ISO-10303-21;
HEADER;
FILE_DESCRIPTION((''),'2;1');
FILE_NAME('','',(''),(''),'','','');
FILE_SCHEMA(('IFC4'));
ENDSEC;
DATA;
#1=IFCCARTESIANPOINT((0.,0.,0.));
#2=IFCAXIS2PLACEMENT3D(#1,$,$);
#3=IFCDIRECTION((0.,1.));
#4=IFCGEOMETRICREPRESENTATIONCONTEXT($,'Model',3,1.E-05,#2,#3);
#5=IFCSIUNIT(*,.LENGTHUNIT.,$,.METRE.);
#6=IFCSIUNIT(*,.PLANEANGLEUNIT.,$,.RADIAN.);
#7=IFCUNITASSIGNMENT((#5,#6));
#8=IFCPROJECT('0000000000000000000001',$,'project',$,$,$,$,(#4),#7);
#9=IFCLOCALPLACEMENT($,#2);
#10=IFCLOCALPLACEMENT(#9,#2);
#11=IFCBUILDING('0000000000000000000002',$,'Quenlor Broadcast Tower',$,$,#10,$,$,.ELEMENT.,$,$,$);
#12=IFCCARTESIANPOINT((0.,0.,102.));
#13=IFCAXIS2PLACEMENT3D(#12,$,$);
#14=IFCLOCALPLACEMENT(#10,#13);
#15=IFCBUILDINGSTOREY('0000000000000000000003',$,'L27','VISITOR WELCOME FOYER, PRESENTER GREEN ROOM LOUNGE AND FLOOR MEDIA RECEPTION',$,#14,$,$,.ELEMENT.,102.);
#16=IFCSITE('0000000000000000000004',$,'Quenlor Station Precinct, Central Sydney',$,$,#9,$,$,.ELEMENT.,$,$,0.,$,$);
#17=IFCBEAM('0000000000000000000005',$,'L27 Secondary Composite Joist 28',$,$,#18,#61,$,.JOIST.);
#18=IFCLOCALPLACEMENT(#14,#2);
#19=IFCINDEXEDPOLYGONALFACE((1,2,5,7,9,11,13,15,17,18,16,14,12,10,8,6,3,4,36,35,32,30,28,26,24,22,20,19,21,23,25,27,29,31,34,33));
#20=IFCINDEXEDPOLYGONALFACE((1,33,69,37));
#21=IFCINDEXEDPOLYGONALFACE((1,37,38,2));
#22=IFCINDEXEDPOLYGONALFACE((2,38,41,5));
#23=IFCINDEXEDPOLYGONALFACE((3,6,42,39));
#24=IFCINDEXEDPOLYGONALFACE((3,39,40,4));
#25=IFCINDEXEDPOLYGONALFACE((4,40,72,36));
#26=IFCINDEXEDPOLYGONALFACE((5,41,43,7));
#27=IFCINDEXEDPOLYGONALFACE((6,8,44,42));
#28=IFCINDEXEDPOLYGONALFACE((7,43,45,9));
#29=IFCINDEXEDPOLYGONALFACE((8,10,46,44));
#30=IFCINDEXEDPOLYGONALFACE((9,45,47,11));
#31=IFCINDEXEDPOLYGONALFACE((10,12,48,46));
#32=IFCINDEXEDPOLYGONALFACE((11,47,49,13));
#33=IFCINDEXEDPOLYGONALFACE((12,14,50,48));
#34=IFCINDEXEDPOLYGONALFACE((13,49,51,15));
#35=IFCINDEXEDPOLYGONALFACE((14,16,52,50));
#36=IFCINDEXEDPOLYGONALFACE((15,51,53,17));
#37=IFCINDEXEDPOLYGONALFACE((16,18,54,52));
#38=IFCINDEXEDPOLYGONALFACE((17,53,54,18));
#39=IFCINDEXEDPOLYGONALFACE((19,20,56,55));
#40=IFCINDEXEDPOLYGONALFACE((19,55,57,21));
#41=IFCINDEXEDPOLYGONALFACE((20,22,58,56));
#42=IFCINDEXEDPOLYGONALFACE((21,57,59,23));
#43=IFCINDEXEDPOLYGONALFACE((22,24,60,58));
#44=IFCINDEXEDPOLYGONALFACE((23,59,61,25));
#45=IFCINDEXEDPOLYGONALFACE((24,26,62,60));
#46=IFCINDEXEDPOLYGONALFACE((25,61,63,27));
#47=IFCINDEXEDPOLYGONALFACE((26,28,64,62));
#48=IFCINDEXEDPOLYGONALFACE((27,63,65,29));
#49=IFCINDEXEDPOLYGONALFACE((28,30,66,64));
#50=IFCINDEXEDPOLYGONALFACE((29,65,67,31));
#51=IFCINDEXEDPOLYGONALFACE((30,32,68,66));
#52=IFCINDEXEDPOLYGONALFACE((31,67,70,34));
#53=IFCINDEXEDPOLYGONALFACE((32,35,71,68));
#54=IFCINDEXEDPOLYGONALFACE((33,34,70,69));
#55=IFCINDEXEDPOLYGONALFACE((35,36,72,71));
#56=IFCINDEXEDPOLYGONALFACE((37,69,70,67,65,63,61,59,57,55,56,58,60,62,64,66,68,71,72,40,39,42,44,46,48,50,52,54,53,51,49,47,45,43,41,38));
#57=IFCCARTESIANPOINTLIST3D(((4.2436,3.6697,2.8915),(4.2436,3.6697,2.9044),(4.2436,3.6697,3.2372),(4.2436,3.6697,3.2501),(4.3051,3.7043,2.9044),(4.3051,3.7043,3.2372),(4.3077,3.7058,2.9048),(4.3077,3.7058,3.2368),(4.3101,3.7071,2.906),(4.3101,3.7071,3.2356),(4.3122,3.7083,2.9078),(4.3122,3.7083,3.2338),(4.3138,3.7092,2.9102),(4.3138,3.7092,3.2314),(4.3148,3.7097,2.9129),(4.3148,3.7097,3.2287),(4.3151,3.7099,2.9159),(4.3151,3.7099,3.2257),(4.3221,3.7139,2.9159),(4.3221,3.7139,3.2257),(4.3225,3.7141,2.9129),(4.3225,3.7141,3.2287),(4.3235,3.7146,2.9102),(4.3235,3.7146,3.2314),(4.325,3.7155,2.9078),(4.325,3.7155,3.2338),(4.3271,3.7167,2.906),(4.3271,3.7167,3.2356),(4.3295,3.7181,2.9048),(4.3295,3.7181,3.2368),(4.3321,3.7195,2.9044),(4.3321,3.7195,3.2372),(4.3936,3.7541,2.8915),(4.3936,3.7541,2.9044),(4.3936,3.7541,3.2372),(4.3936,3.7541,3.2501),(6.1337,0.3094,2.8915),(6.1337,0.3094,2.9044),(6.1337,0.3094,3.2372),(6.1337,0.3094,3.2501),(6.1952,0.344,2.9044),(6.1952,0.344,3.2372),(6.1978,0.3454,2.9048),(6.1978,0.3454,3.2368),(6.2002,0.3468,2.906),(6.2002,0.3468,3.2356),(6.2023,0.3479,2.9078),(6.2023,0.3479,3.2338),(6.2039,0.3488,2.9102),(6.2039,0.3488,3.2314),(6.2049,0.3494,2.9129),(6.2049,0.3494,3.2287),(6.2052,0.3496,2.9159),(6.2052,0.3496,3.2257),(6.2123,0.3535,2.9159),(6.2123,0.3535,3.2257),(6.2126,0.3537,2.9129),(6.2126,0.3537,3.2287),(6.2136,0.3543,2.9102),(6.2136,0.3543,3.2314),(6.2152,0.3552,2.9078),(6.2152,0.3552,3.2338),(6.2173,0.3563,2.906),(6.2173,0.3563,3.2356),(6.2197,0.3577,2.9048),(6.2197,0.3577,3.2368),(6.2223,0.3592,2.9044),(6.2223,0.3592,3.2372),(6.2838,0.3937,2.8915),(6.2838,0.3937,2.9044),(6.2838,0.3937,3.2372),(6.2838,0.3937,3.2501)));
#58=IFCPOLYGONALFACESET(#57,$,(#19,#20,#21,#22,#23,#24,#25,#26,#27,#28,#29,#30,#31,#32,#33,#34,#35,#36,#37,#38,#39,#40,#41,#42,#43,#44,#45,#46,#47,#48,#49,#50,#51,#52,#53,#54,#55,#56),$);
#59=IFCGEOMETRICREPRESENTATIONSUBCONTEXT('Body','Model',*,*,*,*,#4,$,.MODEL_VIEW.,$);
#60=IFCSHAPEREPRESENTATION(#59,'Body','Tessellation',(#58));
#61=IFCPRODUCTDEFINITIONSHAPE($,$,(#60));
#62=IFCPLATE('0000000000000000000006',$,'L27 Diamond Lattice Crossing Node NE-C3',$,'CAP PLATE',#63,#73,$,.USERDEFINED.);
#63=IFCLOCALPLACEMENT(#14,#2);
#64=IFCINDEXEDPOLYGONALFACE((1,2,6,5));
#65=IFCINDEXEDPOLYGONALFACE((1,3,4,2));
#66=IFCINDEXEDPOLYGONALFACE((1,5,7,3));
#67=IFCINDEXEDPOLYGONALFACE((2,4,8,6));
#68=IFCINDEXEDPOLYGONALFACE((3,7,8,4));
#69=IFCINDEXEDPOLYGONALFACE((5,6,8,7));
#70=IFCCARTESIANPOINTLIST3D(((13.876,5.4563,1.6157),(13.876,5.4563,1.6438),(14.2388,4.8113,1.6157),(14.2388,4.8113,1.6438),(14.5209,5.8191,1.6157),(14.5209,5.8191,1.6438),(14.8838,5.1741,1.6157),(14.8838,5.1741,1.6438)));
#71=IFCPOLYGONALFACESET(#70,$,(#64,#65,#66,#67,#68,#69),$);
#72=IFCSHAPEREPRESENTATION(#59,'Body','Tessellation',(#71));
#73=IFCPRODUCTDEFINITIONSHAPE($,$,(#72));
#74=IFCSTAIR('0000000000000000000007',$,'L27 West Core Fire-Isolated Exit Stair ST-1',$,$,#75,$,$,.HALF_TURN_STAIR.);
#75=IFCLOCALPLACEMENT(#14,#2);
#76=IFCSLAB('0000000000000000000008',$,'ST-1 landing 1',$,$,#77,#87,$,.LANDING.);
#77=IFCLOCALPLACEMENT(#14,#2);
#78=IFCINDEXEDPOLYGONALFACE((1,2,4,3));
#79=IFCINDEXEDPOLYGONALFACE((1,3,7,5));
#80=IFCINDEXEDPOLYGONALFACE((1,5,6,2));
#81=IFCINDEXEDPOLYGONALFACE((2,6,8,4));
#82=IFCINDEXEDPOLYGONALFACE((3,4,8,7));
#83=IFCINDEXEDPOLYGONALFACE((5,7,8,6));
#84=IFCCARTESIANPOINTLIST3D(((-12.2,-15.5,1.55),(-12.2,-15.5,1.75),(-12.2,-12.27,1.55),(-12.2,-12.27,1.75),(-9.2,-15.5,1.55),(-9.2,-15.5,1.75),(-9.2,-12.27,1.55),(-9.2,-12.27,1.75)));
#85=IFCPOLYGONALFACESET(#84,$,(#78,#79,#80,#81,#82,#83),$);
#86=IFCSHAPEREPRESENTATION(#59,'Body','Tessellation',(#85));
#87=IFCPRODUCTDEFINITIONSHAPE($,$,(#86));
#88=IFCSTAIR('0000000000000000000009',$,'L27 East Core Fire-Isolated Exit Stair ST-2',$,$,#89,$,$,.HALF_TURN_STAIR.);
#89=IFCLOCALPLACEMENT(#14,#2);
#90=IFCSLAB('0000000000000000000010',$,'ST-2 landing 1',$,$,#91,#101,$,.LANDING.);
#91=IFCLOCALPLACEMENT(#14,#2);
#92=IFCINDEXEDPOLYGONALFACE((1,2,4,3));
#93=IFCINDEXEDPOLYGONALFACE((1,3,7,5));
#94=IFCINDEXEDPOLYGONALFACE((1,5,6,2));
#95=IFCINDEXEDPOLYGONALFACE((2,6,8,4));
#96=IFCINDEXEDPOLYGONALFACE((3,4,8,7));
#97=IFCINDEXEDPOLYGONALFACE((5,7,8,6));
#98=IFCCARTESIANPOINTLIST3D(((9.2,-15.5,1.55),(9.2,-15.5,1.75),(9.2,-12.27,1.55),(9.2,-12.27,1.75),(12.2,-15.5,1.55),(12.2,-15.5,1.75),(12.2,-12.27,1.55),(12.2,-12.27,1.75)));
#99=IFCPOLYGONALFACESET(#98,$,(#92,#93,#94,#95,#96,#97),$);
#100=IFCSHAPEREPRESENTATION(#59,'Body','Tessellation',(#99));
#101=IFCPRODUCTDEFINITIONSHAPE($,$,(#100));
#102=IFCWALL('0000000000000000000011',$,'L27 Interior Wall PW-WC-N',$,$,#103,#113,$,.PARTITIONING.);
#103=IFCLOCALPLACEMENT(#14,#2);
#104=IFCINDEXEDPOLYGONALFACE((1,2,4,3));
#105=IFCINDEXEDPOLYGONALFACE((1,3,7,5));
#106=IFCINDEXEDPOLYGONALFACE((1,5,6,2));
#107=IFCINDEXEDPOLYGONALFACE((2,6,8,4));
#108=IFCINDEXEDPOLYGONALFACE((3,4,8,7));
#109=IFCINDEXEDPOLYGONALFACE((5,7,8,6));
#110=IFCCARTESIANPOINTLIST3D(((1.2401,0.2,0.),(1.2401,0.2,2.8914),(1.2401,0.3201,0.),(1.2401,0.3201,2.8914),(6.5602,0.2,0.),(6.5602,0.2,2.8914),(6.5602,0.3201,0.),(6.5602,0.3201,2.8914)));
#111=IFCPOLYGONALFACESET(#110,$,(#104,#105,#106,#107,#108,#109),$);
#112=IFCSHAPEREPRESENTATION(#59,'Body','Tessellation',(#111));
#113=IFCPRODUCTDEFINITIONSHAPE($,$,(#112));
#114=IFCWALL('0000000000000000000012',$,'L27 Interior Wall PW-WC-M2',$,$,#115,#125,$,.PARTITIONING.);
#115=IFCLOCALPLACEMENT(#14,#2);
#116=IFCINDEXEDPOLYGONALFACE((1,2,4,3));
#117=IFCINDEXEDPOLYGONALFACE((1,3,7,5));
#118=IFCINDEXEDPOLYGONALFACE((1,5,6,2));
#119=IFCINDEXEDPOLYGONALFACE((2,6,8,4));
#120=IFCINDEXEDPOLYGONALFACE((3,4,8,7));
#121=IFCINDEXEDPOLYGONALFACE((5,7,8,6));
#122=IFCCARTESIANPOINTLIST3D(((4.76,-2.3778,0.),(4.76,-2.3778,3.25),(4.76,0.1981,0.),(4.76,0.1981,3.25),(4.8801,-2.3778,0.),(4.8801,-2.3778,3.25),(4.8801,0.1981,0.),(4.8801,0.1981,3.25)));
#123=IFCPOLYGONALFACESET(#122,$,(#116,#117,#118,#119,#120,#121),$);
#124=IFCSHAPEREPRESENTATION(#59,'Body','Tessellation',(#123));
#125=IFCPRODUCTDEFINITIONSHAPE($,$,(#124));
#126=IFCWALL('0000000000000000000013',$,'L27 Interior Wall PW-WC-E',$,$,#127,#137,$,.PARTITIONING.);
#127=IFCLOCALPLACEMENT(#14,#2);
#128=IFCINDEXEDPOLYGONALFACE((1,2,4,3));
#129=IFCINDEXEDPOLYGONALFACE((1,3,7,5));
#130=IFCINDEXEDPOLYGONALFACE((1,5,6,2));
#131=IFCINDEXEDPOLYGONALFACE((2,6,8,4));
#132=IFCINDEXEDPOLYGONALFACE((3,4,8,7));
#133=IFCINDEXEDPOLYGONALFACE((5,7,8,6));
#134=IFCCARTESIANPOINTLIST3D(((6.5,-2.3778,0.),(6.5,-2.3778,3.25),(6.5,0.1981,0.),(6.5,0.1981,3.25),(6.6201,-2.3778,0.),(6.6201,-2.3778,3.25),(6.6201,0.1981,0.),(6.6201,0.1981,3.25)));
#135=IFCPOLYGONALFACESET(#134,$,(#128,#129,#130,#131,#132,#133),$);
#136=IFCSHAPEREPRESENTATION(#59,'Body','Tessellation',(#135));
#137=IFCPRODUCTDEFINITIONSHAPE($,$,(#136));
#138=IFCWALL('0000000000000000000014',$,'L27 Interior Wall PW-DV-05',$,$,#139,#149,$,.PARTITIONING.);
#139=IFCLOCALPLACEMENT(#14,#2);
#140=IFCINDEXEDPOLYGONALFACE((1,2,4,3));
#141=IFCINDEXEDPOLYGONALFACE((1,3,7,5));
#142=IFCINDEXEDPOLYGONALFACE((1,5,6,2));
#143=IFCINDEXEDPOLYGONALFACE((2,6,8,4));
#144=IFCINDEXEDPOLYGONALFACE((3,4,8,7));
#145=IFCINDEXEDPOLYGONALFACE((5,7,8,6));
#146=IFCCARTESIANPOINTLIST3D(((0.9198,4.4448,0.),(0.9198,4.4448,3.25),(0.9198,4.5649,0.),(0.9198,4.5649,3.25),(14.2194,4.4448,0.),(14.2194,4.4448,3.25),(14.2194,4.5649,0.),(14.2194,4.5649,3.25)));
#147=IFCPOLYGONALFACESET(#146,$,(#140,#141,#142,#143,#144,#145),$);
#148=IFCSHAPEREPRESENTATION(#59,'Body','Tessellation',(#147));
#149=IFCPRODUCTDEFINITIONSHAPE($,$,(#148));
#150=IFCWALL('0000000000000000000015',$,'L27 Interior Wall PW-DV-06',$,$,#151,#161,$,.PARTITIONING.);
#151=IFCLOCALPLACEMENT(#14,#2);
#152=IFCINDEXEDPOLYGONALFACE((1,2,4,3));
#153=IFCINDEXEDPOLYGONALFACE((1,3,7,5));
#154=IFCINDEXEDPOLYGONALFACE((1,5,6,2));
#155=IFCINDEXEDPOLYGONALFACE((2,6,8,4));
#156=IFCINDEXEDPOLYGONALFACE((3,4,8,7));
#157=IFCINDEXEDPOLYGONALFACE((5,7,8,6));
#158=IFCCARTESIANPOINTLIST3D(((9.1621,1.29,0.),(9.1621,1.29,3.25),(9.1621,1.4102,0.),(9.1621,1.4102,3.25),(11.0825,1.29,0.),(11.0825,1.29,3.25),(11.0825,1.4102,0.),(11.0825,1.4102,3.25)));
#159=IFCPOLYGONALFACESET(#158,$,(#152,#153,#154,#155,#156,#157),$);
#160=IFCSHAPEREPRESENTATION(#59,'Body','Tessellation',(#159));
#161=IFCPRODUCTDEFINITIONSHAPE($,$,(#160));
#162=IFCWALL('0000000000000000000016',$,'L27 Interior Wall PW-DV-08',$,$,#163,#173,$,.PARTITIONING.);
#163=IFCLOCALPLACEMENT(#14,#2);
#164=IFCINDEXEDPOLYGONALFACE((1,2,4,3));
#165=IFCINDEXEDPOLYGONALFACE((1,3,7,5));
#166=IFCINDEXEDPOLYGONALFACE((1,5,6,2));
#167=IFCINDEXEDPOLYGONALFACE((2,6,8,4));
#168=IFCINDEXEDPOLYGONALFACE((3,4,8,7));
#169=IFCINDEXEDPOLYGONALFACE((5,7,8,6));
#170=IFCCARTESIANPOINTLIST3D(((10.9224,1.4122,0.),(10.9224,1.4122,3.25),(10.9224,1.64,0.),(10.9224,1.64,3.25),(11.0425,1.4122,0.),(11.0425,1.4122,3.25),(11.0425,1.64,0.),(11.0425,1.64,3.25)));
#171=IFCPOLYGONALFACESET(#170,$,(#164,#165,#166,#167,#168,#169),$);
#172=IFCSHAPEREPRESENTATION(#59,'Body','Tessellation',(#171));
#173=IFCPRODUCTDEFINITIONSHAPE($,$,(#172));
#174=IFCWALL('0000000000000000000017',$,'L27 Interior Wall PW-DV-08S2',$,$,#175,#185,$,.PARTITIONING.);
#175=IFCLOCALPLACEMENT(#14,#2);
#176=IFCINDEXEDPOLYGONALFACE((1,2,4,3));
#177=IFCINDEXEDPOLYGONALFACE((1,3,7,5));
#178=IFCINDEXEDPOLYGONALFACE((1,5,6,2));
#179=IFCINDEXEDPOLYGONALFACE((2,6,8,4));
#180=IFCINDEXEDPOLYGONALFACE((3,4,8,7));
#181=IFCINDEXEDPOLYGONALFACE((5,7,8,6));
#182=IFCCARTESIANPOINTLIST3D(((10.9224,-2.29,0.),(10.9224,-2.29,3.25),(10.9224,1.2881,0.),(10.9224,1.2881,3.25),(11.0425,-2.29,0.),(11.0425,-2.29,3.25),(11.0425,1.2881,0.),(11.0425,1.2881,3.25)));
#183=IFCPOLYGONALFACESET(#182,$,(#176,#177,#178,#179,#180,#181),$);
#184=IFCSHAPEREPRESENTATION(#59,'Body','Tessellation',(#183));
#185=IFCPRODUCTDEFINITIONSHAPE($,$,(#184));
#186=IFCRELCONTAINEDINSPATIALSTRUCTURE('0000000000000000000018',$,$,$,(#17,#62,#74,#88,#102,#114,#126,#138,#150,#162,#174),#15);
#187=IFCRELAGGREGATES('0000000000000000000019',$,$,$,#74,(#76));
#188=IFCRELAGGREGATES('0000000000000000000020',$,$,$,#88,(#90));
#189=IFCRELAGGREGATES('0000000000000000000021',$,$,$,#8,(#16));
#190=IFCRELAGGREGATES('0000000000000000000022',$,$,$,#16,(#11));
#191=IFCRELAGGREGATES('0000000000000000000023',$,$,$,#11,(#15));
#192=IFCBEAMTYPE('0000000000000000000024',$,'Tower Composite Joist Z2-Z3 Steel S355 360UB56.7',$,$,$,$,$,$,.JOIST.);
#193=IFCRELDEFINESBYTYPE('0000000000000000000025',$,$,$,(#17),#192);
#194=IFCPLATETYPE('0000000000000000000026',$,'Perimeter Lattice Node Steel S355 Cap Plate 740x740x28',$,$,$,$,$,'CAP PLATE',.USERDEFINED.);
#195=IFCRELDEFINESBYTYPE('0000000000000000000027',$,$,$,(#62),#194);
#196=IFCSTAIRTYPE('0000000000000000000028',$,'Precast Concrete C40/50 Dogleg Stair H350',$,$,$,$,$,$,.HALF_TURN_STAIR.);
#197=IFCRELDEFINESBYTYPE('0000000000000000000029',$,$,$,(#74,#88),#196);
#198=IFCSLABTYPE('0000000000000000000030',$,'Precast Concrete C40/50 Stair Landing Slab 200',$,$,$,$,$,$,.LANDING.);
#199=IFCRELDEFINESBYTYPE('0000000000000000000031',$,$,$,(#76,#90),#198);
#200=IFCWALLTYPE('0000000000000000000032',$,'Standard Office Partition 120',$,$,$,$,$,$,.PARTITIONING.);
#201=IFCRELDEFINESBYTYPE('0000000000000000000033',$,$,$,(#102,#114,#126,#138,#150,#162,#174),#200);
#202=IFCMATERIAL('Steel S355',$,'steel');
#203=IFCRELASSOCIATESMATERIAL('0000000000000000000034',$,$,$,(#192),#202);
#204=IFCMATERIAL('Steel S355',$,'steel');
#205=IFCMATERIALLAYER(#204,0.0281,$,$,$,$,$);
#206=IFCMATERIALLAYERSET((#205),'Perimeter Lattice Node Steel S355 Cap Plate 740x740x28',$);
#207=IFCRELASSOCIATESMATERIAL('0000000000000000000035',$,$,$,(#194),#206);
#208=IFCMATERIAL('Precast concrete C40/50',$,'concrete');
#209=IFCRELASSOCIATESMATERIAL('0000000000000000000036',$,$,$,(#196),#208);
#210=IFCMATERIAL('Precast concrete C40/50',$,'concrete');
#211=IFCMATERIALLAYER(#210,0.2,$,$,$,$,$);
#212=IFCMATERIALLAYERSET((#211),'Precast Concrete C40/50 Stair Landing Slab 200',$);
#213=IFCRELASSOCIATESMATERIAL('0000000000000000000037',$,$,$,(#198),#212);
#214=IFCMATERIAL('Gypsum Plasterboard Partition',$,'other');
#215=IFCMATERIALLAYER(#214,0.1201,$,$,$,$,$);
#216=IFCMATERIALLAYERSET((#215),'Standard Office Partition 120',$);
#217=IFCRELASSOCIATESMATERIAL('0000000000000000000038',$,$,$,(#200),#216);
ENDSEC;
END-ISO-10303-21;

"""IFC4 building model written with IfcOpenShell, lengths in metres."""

from ifc_helpers import new_model, si_unit, direction, frame, frame_2d, origin, origin_2d, place, context, subcontext, project, spatial, polyline, rectangle, i_section, outline, extrude, material, layer, layer_set, material_profile, profile_set, type_object, element, aggregate, save


model = new_model("IFC4")

# Units and contexts
model_context = context("Model", 3, precision=1e-05, world=origin(), true_north=direction((0.0, 1.0)))
body_context = subcontext(model_context, "Body", "Model", "MODEL_VIEW")
ifc_project = project(units=[si_unit("LENGTHUNIT", "METRE"), si_unit("PLANEANGLEUNIT", "RADIAN")], contexts=[model_context])

# Site, building, storey
site_placement = place(None, origin())
site = spatial("IfcSite", under=ifc_project, at=site_placement, Name="Quenlor Station Precinct, Central Sydney", CompositionType="ELEMENT", RefElevation=0.0)
building_placement = place(site_placement, origin())
building = spatial("IfcBuilding", under=site, at=building_placement, Name="Quenlor Broadcast Tower", CompositionType="ELEMENT")
storey_placement = place(building_placement, frame((0.0, 0.0, 102.0)))
storey = spatial("IfcBuildingStorey", under=building, at=storey_placement, Name="L27", Description="VISITOR WELCOME FOYER, PRESENTER GREEN ROOM LOUNGE AND FLOOR MEDIA RECEPTION", CompositionType="ELEMENT", Elevation=102.0)

# Beam
ifc_material_1 = material(Name="Steel S355", Category="steel")
ifc_material_profile = material_profile(ifc_material_1, i_section(OverallWidth=0.1721, OverallDepth=0.3586, WebThickness=0.0081, FlangeThickness=0.0129, FilletRadius=0.0115, at=origin_2d()))
ifc_profile_set = profile_set([ifc_material_profile], Name="Steel S355 360UB56.7")
beam_type = type_object("IfcBeamType", Name="Tower Composite Joist Z2-Z3 Steel S355 360UB56.7", PredefinedType="JOIST", material=ifc_profile_set)
beam_placement = place(storey_placement, frame((4.3186, 3.7119, 3.0708), z_axis=(0.490249, -0.871582, 0.0), x_axis=(0.871582, 0.490249, 0.0)))
element("IfcBeam", 1, at=beam_placement, inside=storey, type_object=beam_type, Name="L27 Secondary Composite Joist 28", PredefinedType="JOIST", context=body_context, shape_type="SweptSolid", body=[
    extrude(i_section(OverallWidth=0.1721, OverallDepth=0.3586, WebThickness=0.0081, FlangeThickness=0.0129, FilletRadius=0.0115, at=origin_2d()), origin(), (0.0, 0.0, 1.0), 3.8555),
])

# Plate
ifc_material_2 = material(Name="Steel S355", Category="steel")
ifc_layer_1 = layer(ifc_material_2, 0.0281)
ifc_layer_set_1 = layer_set([ifc_layer_1], Name="Perimeter Lattice Node Steel S355 Cap Plate 740x740x28")
plate_type = type_object("IfcPlateType", Name="Perimeter Lattice Node Steel S355 Cap Plate 740x740x28", ElementType="CAP PLATE", PredefinedType="USERDEFINED", material=ifc_layer_set_1)
plate_placement = place(storey_placement, frame((14.3799, 5.3152, 1.6157), z_axis=(0.0, 0.0, 1.0), x_axis=(0.490295, -0.871556, 0.0)))
element("IfcPlate", 2, at=plate_placement, inside=storey, type_object=plate_type, Name="L27 Diamond Lattice Crossing Node NE-C3", ObjectType="CAP PLATE", PredefinedType="USERDEFINED", context=body_context, shape_type="SweptSolid", body=[
    extrude(rectangle(XDim=0.74, YDim=0.74, at=origin_2d()), origin(), (0.0, 0.0, 1.0), 0.0281),
])

# Stairs, slabs
ifc_material_3 = material(Name="Precast concrete C40/50", Category="concrete")
stair_type = type_object("IfcStairType", Name="Precast Concrete C40/50 Dogleg Stair H350", PredefinedType="HALF_TURN_STAIR", material=ifc_material_3)
stair_1_placement = place(storey_placement, origin())
stair_1 = element("IfcStair", 3, at=stair_1_placement, inside=storey, type_object=stair_type, Name="L27 West Core Fire-Isolated Exit Stair ST-1", PredefinedType="HALF_TURN_STAIR")
ifc_material_4 = material(Name="Precast concrete C40/50", Category="concrete")
ifc_layer_2 = layer(ifc_material_4, 0.2)
ifc_layer_set_2 = layer_set([ifc_layer_2], Name="Precast Concrete C40/50 Stair Landing Slab 200")
slab_type = type_object("IfcSlabType", Name="Precast Concrete C40/50 Stair Landing Slab 200", PredefinedType="LANDING", material=ifc_layer_set_2)
slab_1_placement = place(storey_placement, frame((0.0, 0.0, 1.55)))
slab_1 = element("IfcSlab", 4, at=slab_1_placement, type_object=slab_type, Name="ST-1 landing 1", PredefinedType="LANDING", context=body_context, shape_type="SweptSolid", body=[
    extrude(outline(polyline([(-12.2, -12.27), (-12.2, -15.5), (-9.2, -15.5), (-9.2, -12.27), (-12.2, -12.27)])), origin(), (0.0, 0.0, 1.0), 0.2),
])
aggregate(stair_1, [slab_1])
stair_2_placement = place(storey_placement, origin())
stair_2 = element("IfcStair", 5, at=stair_2_placement, inside=storey, type_object=stair_type, Name="L27 East Core Fire-Isolated Exit Stair ST-2", PredefinedType="HALF_TURN_STAIR")
slab_2_placement = place(storey_placement, frame((0.0, 0.0, 1.55)))
slab_2 = element("IfcSlab", 6, at=slab_2_placement, type_object=slab_type, Name="ST-2 landing 1", PredefinedType="LANDING", context=body_context, shape_type="SweptSolid", body=[
    extrude(outline(polyline([(9.2, -12.27), (9.2, -15.5), (12.2, -15.5), (12.2, -12.27), (9.2, -12.27)])), origin(), (0.0, 0.0, 1.0), 0.2),
])
aggregate(stair_2, [slab_2])

# Walls
ifc_material_5 = material(Name="Gypsum Plasterboard Partition", Category="other")
ifc_layer_3 = layer(ifc_material_5, 0.1201)
ifc_layer_set_3 = layer_set([ifc_layer_3], Name="Standard Office Partition 120")
wall_type = type_object("IfcWallType", Name="Standard Office Partition 120", PredefinedType="PARTITIONING", material=ifc_layer_set_3)
wall_1_placement = place(storey_placement, frame((1.24, 0.26, 0.0), z_axis=(0.0, 0.0, 1.0), x_axis=(1.0, 0.0, 0.0)))
element("IfcWall", 7, at=wall_1_placement, inside=storey, type_object=wall_type, Name="L27 Interior Wall PW-WC-N", PredefinedType="PARTITIONING", context=body_context, shape_type="SweptSolid", body=[
    extrude(rectangle(XDim=5.3201, YDim=0.1201, at=frame_2d((2.6602, 0.0))), origin(), (0.0, 0.0, 1.0), 2.8914),
])
for number, where, z_axis, x_axis, name in (
    (8, (4.8201, -2.3779, 0.0), (0.0, 0.0, 1.0), (0.0, 1.0, 0.0), "L27 Interior Wall PW-WC-M2"),
    (9, (6.5601, -2.3779, 0.0), (0.0, 0.0, 1.0), (0.0, 1.0, 0.0), "L27 Interior Wall PW-WC-E"),
):
    element("IfcWall", number, at=place(storey_placement, frame(where, z_axis=z_axis, x_axis=x_axis)), inside=storey, type_object=wall_type, Name=name, PredefinedType="PARTITIONING", context=body_context, shape_type="SweptSolid", body=[
        extrude(rectangle(XDim=2.5759, YDim=0.1201, at=frame_2d((1.2881, 0.0))), origin(), (0.0, 0.0, 1.0), 3.25),
    ])
wall_2_placement = place(storey_placement, frame((14.2195, 4.5049, 0.0), z_axis=(0.0, 0.0, 1.0), x_axis=(-1.0, 0.0, 0.0)))
element("IfcWall", 10, at=wall_2_placement, inside=storey, type_object=wall_type, Name="L27 Interior Wall PW-DV-05", PredefinedType="PARTITIONING", context=body_context, shape_type="SweptSolid", body=[
    extrude(rectangle(XDim=13.2996, YDim=0.1201, at=frame_2d((6.6499, 0.0))), origin(), (0.0, 0.0, 1.0), 3.25),
])
wall_3_placement = place(storey_placement, frame((11.0825, 1.3501, 0.0), z_axis=(0.0, 0.0, 1.0), x_axis=(-1.0, 0.0, 0.0)))
element("IfcWall", 11, at=wall_3_placement, inside=storey, type_object=wall_type, Name="L27 Interior Wall PW-DV-06", PredefinedType="PARTITIONING", context=body_context, shape_type="SweptSolid", body=[
    extrude(rectangle(XDim=1.9204, YDim=0.1201, at=frame_2d((0.9602, 0.0))), origin(), (0.0, 0.0, 1.0), 3.25),
])
wall_4_placement = place(storey_placement, frame((10.9824, 1.6399, 0.0), z_axis=(0.0, 0.0, 1.0), x_axis=(0.0, -1.0, 0.0)))
element("IfcWall", 12, at=wall_4_placement, inside=storey, type_object=wall_type, Name="L27 Interior Wall PW-DV-08", PredefinedType="PARTITIONING", context=body_context, shape_type="SweptSolid", body=[
    extrude(rectangle(XDim=0.2278, YDim=0.1201, at=frame_2d((0.1138, 0.0))), origin(), (0.0, 0.0, 1.0), 3.25),
])
wall_5_placement = place(storey_placement, frame((10.9824, 1.2881, 0.0), z_axis=(0.0, 0.0, 1.0), x_axis=(0.0, -1.0, 0.0)))
element("IfcWall", 13, at=wall_5_placement, inside=storey, type_object=wall_type, Name="L27 Interior Wall PW-DV-08S2", PredefinedType="PARTITIONING", context=body_context, shape_type="SweptSolid", body=[
    extrude(rectangle(XDim=3.5781, YDim=0.1201, at=frame_2d((1.7891, 0.0))), origin(), (0.0, 0.0, 1.0), 3.25),
])

save(model, "model.ifc")
